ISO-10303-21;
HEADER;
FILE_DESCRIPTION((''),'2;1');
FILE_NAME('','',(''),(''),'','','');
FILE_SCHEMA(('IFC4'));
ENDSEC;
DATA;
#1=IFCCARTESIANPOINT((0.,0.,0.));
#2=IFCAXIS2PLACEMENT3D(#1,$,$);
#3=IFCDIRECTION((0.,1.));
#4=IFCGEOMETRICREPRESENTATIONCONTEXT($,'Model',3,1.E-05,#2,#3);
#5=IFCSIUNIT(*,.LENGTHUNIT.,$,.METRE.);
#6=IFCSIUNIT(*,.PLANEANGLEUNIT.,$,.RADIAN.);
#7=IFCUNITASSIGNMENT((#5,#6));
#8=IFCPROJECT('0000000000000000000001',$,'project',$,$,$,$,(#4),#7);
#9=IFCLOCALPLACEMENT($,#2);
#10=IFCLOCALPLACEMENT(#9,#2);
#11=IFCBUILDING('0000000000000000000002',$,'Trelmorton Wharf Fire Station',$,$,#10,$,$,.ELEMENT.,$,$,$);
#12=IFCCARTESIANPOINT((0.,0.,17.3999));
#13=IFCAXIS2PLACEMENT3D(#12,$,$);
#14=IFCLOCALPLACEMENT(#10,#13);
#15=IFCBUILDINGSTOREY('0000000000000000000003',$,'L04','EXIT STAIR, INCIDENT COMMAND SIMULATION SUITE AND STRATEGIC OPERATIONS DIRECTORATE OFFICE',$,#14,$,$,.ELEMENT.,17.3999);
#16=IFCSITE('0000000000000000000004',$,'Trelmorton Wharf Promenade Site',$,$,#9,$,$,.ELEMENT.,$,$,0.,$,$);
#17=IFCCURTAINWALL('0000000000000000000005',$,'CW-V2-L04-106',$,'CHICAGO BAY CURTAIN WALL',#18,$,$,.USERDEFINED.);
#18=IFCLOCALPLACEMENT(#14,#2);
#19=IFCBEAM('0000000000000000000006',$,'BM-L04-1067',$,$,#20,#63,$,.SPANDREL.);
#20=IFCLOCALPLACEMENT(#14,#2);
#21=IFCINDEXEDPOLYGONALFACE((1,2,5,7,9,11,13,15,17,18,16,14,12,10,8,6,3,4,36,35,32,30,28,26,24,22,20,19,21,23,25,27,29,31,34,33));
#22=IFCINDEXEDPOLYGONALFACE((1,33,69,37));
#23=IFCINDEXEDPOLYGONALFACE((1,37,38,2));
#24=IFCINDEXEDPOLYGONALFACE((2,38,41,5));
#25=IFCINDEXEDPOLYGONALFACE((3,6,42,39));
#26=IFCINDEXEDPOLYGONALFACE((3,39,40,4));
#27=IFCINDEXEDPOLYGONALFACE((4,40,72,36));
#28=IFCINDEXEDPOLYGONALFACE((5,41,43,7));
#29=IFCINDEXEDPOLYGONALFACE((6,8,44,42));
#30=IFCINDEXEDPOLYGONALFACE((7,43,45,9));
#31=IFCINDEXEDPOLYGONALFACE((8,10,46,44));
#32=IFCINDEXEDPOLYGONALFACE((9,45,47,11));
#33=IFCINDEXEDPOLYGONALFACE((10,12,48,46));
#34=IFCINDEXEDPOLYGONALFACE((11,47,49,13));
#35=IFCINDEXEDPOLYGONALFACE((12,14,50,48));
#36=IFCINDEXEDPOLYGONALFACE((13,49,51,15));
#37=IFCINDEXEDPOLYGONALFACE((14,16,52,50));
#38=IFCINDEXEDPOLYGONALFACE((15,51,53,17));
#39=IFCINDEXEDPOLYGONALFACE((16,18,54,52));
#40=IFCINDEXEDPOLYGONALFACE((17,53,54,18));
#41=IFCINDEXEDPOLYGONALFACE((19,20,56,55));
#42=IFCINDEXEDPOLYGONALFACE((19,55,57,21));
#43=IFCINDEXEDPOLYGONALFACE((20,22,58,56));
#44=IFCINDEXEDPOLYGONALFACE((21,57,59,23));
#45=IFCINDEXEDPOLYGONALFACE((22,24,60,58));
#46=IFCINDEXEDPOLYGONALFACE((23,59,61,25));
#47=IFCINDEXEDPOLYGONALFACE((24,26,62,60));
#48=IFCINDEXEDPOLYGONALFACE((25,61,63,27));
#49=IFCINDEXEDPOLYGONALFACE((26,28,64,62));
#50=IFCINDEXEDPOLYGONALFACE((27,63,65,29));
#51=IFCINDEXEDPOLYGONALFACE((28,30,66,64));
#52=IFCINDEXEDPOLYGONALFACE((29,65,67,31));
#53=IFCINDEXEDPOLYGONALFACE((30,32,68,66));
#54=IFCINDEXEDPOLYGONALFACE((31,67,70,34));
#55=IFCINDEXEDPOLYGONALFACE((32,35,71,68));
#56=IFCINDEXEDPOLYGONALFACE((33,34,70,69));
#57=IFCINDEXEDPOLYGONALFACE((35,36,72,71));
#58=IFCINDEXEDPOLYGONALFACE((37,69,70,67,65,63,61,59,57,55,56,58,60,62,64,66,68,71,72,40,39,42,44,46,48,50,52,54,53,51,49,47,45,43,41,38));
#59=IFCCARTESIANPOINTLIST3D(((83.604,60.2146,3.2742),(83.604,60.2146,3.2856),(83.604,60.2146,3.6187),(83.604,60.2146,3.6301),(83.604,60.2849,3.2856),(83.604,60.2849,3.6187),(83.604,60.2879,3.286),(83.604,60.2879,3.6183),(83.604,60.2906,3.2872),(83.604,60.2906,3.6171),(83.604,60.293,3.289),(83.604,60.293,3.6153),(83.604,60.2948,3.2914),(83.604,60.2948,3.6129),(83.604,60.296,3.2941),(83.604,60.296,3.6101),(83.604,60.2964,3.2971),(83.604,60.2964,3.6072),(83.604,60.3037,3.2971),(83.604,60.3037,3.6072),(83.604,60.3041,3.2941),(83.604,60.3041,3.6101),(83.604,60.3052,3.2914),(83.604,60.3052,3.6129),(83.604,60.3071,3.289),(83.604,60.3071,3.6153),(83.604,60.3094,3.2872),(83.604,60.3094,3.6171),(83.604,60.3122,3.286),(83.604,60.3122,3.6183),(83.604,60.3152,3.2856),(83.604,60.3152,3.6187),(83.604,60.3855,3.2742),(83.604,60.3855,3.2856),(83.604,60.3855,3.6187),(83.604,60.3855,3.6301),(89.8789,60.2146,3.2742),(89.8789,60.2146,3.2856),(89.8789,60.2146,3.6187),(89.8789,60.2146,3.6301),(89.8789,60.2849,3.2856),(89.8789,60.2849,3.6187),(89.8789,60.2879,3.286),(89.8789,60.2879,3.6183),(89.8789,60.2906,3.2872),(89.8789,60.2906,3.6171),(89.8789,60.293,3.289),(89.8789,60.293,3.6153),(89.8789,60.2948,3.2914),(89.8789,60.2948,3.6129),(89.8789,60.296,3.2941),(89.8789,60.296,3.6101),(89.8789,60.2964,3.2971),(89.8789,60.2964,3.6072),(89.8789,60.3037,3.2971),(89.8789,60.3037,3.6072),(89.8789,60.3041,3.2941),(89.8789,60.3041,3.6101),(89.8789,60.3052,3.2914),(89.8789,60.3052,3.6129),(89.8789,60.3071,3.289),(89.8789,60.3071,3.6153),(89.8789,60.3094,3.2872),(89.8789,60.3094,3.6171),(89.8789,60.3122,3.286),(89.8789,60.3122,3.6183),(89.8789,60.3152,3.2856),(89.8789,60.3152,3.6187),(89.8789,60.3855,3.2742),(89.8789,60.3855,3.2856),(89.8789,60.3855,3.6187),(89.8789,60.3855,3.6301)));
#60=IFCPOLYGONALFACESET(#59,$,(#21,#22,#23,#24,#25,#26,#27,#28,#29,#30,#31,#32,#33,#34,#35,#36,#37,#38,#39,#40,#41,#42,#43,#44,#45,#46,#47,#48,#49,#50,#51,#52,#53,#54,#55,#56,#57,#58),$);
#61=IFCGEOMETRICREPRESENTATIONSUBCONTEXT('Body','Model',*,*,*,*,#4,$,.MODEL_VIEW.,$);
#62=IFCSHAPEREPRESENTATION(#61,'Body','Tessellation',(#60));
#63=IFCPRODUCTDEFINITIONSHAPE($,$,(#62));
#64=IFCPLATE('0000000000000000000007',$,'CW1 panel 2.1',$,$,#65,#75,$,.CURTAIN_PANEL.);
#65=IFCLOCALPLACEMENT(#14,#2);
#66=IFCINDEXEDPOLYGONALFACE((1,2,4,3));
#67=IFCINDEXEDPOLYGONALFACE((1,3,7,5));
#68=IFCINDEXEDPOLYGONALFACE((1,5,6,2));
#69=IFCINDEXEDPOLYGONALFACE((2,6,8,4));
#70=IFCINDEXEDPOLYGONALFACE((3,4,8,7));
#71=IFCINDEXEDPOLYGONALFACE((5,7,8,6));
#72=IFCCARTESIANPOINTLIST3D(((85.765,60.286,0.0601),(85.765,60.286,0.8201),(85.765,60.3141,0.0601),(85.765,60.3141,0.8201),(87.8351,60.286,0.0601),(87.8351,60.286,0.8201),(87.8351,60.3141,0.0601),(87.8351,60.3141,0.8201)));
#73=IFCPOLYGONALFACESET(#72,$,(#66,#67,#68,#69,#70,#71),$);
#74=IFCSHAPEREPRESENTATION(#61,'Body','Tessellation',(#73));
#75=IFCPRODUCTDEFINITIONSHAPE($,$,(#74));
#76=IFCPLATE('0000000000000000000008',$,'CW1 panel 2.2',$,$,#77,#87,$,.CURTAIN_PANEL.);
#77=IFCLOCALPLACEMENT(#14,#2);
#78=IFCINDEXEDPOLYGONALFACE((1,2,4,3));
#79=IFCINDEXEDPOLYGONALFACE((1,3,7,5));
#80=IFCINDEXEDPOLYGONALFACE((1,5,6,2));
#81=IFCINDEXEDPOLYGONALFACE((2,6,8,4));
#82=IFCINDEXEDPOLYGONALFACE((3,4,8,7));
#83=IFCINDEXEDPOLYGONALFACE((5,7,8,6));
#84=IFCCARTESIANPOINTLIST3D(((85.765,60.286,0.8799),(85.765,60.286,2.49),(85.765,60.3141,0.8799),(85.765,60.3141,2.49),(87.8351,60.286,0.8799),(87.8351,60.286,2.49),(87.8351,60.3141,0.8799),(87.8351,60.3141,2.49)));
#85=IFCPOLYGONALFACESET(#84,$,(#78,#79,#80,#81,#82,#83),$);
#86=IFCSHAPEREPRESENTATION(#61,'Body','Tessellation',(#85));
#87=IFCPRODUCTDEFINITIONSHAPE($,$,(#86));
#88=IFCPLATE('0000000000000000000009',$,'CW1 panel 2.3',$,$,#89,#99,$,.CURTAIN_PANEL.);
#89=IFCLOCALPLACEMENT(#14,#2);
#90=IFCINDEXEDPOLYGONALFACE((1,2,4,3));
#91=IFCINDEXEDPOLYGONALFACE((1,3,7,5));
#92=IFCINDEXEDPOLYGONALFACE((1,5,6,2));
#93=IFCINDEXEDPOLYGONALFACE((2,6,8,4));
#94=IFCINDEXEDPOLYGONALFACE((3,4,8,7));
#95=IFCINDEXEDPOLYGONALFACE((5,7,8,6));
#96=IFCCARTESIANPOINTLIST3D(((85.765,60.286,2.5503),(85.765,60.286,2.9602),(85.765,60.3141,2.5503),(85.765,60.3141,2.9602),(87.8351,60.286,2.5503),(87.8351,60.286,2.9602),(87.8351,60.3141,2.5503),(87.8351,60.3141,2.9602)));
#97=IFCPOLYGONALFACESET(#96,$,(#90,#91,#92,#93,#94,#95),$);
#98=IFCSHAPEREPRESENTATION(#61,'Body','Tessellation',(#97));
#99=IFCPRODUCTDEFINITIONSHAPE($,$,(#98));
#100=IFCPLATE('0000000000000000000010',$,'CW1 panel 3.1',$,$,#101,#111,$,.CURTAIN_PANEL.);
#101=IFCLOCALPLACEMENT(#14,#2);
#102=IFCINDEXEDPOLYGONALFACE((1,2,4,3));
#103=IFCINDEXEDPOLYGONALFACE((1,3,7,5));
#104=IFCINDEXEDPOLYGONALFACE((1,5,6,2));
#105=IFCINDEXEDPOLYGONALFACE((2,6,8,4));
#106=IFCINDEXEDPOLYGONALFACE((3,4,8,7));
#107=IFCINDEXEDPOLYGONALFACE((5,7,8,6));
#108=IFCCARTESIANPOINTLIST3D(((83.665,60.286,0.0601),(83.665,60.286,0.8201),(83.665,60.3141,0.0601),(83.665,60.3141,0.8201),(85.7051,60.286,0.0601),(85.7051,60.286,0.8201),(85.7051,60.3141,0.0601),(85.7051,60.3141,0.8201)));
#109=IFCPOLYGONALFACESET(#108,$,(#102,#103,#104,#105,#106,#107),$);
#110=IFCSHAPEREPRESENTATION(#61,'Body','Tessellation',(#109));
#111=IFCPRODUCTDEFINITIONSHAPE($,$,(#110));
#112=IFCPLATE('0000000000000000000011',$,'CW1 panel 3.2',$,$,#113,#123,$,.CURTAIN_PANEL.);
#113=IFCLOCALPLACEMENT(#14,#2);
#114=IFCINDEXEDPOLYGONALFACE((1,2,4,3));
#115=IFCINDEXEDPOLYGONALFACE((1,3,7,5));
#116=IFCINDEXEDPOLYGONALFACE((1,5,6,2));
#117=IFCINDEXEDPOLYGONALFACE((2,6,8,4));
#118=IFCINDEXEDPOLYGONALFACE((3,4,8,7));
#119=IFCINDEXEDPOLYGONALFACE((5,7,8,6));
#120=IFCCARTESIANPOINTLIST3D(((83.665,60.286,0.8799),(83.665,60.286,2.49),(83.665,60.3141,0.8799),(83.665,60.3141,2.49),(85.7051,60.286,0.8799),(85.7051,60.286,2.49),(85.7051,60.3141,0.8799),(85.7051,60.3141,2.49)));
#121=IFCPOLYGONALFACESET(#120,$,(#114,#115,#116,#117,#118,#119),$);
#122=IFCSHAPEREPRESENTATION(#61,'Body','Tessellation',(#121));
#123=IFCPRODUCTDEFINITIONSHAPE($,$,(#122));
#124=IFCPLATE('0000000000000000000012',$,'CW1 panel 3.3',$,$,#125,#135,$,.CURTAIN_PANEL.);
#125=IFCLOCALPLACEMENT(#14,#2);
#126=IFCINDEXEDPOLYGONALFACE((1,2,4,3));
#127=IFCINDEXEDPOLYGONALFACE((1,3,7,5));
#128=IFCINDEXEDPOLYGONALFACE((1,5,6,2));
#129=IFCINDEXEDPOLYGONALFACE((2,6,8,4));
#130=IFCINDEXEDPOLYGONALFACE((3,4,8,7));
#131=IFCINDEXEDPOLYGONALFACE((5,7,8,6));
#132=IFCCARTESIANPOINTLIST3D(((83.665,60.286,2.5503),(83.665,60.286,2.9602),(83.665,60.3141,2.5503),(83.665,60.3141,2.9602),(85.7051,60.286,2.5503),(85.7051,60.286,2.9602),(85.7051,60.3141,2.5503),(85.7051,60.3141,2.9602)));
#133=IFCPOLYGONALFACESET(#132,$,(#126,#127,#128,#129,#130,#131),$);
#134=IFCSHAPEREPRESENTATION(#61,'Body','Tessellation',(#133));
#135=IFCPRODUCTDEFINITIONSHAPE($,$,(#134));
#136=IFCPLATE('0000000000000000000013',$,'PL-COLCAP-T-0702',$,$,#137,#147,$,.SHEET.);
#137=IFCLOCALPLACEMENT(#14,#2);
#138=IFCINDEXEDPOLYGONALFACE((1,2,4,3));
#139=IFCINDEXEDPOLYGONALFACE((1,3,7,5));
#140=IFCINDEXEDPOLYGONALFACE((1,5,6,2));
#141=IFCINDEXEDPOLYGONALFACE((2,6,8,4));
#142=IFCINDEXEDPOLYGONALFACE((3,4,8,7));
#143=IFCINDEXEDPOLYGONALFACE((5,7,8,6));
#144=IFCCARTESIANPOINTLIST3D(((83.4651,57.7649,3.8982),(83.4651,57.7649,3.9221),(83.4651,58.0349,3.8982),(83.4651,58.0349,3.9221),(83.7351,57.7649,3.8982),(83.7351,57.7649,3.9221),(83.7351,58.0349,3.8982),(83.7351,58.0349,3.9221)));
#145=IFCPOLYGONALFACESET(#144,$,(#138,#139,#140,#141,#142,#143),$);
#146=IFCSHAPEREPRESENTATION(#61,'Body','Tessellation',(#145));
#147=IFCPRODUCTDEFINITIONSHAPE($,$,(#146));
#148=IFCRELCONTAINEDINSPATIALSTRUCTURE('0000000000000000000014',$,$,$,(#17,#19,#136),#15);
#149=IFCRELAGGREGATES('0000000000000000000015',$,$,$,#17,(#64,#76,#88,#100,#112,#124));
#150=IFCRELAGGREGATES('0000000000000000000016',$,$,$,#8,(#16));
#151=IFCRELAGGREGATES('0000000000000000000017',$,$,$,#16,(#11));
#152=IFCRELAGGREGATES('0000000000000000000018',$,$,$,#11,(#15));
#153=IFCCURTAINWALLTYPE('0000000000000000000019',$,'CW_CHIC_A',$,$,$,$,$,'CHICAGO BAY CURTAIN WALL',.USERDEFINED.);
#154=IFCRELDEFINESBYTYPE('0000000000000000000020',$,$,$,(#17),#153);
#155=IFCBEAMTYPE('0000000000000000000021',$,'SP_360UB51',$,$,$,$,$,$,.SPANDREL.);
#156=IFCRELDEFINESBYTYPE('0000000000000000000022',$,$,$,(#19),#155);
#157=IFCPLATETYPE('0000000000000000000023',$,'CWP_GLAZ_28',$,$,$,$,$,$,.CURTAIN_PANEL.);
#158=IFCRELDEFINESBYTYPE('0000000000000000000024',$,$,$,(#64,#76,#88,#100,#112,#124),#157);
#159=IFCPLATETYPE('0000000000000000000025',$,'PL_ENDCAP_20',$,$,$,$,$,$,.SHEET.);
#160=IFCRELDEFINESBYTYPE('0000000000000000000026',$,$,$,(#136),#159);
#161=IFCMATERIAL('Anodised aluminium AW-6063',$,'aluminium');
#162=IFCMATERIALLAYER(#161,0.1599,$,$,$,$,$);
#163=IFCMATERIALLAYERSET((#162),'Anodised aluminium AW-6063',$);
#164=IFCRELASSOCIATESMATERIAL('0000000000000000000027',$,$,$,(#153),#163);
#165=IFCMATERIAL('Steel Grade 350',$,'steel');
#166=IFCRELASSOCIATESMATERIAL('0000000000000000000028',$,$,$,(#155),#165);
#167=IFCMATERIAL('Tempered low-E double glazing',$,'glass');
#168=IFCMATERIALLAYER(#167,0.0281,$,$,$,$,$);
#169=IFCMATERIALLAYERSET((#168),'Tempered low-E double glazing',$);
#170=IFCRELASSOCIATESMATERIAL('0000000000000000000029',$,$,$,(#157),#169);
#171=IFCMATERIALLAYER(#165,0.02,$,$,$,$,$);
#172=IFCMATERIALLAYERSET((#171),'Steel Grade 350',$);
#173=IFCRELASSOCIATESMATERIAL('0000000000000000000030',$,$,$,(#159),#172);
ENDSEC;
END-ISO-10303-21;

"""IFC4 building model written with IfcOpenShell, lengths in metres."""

from ifc_helpers import new_model, si_unit, direction, frame, origin, origin_2d, place, context, subcontext, project, spatial, rectangle, i_section, extrude, material, layer, layer_set, material_profile, profile_set, type_object, element, aggregate, save


model = new_model("IFC4")

# Units and contexts
model_context = context("Model", 3, precision=1e-05, world=origin(), true_north=direction((0.0, 1.0)))
body_context = subcontext(model_context, "Body", "Model", "MODEL_VIEW")
ifc_project = project(units=[si_unit("LENGTHUNIT", "METRE"), si_unit("PLANEANGLEUNIT", "RADIAN")], contexts=[model_context])

# Site, building, storey
site_placement = place(None, origin())
site = spatial("IfcSite", under=ifc_project, at=site_placement, Name="Trelmorton Wharf Promenade Site", CompositionType="ELEMENT", RefElevation=0.0)
building_placement = place(site_placement, origin())
building = spatial("IfcBuilding", under=site, at=building_placement, Name="Trelmorton Wharf Fire Station", CompositionType="ELEMENT")
storey_placement = place(building_placement, frame((0.0, 0.0, 17.3999)))
storey = spatial("IfcBuildingStorey", under=building, at=storey_placement, Name="L04", Description="EXIT STAIR, INCIDENT COMMAND SIMULATION SUITE AND STRATEGIC OPERATIONS DIRECTORATE OFFICE", CompositionType="ELEMENT", Elevation=17.3999)

# Shared definitions
ifc_material_1 = material(Name="Steel Grade 350", Category="steel")

# Curtain wall
ifc_material_2 = material(Name="Anodised aluminium AW-6063", Category="aluminium")
ifc_layer_1 = layer(ifc_material_2, 0.1599)
ifc_layer_set_1 = layer_set([ifc_layer_1], Name="Anodised aluminium AW-6063")
curtain_wall_type = type_object("IfcCurtainWallType", Name="CW_CHIC_A", ElementType="CHICAGO BAY CURTAIN WALL", PredefinedType="USERDEFINED", material=ifc_layer_set_1)
curtain_wall_placement = place(storey_placement, origin())
curtain_wall = element("IfcCurtainWall", 1, at=curtain_wall_placement, inside=storey, type_object=curtain_wall_type, Name="CW-V2-L04-106", ObjectType="CHICAGO BAY CURTAIN WALL", PredefinedType="USERDEFINED")

# Beam
ifc_material_profile_1 = material_profile(ifc_material_1, i_section(OverallWidth=0.1709, OverallDepth=0.356, WebThickness=0.0073, FlangeThickness=0.0115, FilletRadius=0.0115, at=origin_2d()), Name="360UB50.7")
ifc_profile_set_1 = profile_set([ifc_material_profile_1], Name="Steel Grade 350")
beam_type_1 = type_object("IfcBeamType", Name="SP_360UB51", PredefinedType="SPANDREL", material=ifc_profile_set_1)
beam_1_placement = place(storey_placement, frame((83.604, 60.3, 3.4521), z_axis=(1.0, 0.0, 0.0), x_axis=(0.0, 1.0, 0.0)))
element("IfcBeam", 2, at=beam_1_placement, inside=storey, type_object=beam_type_1, Name="BM-L04-1067", PredefinedType="SPANDREL", context=body_context, shape_type="SweptSolid", body=[
    extrude(i_section(OverallWidth=0.1709, OverallDepth=0.356, WebThickness=0.0073, FlangeThickness=0.0115, FilletRadius=0.0115, at=origin_2d()), origin(), (0.0, 0.0, 1.0), 6.2749),
])

# Plates
ifc_material_3 = material(Name="Tempered low-E double glazing", Category="glass")
ifc_layer_2 = layer(ifc_material_3, 0.0281)
ifc_layer_set_2 = layer_set([ifc_layer_2], Name="Tempered low-E double glazing")
plate_type_1 = type_object("IfcPlateType", Name="CWP_GLAZ_28", PredefinedType="CURTAIN_PANEL", material=ifc_layer_set_2)
plate_1_placement = place(storey_placement, frame((86.8, 60.3, 0.0601), z_axis=(0.0, 0.0, 1.0), x_axis=(-1.0, 0.0, 0.0)))
plate_1 = element("IfcPlate", 3, at=plate_1_placement, type_object=plate_type_1, Name="CW1 panel 2.1", PredefinedType="CURTAIN_PANEL", context=body_context, shape_type="SweptSolid", body=[
    extrude(rectangle(XDim=2.0701, YDim=0.0281, at=origin_2d()), origin(), (0.0, 0.0, 1.0), 0.76),
])
plate_2_placement = place(storey_placement, frame((86.8, 60.3, 0.8799), z_axis=(0.0, 0.0, 1.0), x_axis=(-1.0, 0.0, 0.0)))
plate_2 = element("IfcPlate", 4, at=plate_2_placement, type_object=plate_type_1, Name="CW1 panel 2.2", PredefinedType="CURTAIN_PANEL", context=body_context, shape_type="SweptSolid", body=[
    extrude(rectangle(XDim=2.0701, YDim=0.0281, at=origin_2d()), origin(), (0.0, 0.0, 1.0), 1.6101),
])
plate_3_placement = place(storey_placement, frame((86.8, 60.3, 2.5503), z_axis=(0.0, 0.0, 1.0), x_axis=(-1.0, 0.0, 0.0)))
plate_3 = element("IfcPlate", 5, at=plate_3_placement, type_object=plate_type_1, Name="CW1 panel 2.3", PredefinedType="CURTAIN_PANEL", context=body_context, shape_type="SweptSolid", body=[
    extrude(rectangle(XDim=2.0701, YDim=0.0281, at=origin_2d()), origin(), (0.0, 0.0, 1.0), 0.4099),
])
plate_4_placement = place(storey_placement, frame((84.6851, 60.3, 0.0601), z_axis=(0.0, 0.0, 1.0), x_axis=(-1.0, 0.0, 0.0)))
plate_4 = element("IfcPlate", 6, at=plate_4_placement, type_object=plate_type_1, Name="CW1 panel 3.1", PredefinedType="CURTAIN_PANEL", context=body_context, shape_type="SweptSolid", body=[
    extrude(rectangle(XDim=2.04, YDim=0.0281, at=origin_2d()), origin(), (0.0, 0.0, 1.0), 0.76),
])
plate_5_placement = place(storey_placement, frame((84.6851, 60.3, 0.8799), z_axis=(0.0, 0.0, 1.0), x_axis=(-1.0, 0.0, 0.0)))
plate_5 = element("IfcPlate", 7, at=plate_5_placement, type_object=plate_type_1, Name="CW1 panel 3.2", PredefinedType="CURTAIN_PANEL", context=body_context, shape_type="SweptSolid", body=[
    extrude(rectangle(XDim=2.04, YDim=0.0281, at=origin_2d()), origin(), (0.0, 0.0, 1.0), 1.6101),
])
plate_6_placement = place(storey_placement, frame((84.6851, 60.3, 2.5503), z_axis=(0.0, 0.0, 1.0), x_axis=(-1.0, 0.0, 0.0)))
plate_6 = element("IfcPlate", 8, at=plate_6_placement, type_object=plate_type_1, Name="CW1 panel 3.3", PredefinedType="CURTAIN_PANEL", context=body_context, shape_type="SweptSolid", body=[
    extrude(rectangle(XDim=2.04, YDim=0.0281, at=origin_2d()), origin(), (0.0, 0.0, 1.0), 0.4099),
])
aggregate(curtain_wall, [plate_1, plate_2, plate_3, plate_4, plate_5, plate_6])
ifc_layer_3 = layer(ifc_material_1, 0.02)
ifc_layer_set_3 = layer_set([ifc_layer_3], Name="Steel Grade 350")
plate_type_2 = type_object("IfcPlateType", Name="PL_ENDCAP_20", PredefinedType="SHEET", material=ifc_layer_set_3)
plate_7_placement = place(storey_placement, frame((83.6001, 57.8999, 3.8982), z_axis=(0.0, 0.0, 1.0), x_axis=(1.0, 0.0, 0.0)))
element("IfcPlate", 9, at=plate_7_placement, inside=storey, type_object=plate_type_2, Name="PL-COLCAP-T-0702", PredefinedType="SHEET", context=body_context, shape_type="SweptSolid", body=[
    extrude(rectangle(XDim=0.27, YDim=0.27, at=origin_2d()), origin(), (0.0, 0.0, 1.0), 0.0239),
])

save(model, "model.ifc")
